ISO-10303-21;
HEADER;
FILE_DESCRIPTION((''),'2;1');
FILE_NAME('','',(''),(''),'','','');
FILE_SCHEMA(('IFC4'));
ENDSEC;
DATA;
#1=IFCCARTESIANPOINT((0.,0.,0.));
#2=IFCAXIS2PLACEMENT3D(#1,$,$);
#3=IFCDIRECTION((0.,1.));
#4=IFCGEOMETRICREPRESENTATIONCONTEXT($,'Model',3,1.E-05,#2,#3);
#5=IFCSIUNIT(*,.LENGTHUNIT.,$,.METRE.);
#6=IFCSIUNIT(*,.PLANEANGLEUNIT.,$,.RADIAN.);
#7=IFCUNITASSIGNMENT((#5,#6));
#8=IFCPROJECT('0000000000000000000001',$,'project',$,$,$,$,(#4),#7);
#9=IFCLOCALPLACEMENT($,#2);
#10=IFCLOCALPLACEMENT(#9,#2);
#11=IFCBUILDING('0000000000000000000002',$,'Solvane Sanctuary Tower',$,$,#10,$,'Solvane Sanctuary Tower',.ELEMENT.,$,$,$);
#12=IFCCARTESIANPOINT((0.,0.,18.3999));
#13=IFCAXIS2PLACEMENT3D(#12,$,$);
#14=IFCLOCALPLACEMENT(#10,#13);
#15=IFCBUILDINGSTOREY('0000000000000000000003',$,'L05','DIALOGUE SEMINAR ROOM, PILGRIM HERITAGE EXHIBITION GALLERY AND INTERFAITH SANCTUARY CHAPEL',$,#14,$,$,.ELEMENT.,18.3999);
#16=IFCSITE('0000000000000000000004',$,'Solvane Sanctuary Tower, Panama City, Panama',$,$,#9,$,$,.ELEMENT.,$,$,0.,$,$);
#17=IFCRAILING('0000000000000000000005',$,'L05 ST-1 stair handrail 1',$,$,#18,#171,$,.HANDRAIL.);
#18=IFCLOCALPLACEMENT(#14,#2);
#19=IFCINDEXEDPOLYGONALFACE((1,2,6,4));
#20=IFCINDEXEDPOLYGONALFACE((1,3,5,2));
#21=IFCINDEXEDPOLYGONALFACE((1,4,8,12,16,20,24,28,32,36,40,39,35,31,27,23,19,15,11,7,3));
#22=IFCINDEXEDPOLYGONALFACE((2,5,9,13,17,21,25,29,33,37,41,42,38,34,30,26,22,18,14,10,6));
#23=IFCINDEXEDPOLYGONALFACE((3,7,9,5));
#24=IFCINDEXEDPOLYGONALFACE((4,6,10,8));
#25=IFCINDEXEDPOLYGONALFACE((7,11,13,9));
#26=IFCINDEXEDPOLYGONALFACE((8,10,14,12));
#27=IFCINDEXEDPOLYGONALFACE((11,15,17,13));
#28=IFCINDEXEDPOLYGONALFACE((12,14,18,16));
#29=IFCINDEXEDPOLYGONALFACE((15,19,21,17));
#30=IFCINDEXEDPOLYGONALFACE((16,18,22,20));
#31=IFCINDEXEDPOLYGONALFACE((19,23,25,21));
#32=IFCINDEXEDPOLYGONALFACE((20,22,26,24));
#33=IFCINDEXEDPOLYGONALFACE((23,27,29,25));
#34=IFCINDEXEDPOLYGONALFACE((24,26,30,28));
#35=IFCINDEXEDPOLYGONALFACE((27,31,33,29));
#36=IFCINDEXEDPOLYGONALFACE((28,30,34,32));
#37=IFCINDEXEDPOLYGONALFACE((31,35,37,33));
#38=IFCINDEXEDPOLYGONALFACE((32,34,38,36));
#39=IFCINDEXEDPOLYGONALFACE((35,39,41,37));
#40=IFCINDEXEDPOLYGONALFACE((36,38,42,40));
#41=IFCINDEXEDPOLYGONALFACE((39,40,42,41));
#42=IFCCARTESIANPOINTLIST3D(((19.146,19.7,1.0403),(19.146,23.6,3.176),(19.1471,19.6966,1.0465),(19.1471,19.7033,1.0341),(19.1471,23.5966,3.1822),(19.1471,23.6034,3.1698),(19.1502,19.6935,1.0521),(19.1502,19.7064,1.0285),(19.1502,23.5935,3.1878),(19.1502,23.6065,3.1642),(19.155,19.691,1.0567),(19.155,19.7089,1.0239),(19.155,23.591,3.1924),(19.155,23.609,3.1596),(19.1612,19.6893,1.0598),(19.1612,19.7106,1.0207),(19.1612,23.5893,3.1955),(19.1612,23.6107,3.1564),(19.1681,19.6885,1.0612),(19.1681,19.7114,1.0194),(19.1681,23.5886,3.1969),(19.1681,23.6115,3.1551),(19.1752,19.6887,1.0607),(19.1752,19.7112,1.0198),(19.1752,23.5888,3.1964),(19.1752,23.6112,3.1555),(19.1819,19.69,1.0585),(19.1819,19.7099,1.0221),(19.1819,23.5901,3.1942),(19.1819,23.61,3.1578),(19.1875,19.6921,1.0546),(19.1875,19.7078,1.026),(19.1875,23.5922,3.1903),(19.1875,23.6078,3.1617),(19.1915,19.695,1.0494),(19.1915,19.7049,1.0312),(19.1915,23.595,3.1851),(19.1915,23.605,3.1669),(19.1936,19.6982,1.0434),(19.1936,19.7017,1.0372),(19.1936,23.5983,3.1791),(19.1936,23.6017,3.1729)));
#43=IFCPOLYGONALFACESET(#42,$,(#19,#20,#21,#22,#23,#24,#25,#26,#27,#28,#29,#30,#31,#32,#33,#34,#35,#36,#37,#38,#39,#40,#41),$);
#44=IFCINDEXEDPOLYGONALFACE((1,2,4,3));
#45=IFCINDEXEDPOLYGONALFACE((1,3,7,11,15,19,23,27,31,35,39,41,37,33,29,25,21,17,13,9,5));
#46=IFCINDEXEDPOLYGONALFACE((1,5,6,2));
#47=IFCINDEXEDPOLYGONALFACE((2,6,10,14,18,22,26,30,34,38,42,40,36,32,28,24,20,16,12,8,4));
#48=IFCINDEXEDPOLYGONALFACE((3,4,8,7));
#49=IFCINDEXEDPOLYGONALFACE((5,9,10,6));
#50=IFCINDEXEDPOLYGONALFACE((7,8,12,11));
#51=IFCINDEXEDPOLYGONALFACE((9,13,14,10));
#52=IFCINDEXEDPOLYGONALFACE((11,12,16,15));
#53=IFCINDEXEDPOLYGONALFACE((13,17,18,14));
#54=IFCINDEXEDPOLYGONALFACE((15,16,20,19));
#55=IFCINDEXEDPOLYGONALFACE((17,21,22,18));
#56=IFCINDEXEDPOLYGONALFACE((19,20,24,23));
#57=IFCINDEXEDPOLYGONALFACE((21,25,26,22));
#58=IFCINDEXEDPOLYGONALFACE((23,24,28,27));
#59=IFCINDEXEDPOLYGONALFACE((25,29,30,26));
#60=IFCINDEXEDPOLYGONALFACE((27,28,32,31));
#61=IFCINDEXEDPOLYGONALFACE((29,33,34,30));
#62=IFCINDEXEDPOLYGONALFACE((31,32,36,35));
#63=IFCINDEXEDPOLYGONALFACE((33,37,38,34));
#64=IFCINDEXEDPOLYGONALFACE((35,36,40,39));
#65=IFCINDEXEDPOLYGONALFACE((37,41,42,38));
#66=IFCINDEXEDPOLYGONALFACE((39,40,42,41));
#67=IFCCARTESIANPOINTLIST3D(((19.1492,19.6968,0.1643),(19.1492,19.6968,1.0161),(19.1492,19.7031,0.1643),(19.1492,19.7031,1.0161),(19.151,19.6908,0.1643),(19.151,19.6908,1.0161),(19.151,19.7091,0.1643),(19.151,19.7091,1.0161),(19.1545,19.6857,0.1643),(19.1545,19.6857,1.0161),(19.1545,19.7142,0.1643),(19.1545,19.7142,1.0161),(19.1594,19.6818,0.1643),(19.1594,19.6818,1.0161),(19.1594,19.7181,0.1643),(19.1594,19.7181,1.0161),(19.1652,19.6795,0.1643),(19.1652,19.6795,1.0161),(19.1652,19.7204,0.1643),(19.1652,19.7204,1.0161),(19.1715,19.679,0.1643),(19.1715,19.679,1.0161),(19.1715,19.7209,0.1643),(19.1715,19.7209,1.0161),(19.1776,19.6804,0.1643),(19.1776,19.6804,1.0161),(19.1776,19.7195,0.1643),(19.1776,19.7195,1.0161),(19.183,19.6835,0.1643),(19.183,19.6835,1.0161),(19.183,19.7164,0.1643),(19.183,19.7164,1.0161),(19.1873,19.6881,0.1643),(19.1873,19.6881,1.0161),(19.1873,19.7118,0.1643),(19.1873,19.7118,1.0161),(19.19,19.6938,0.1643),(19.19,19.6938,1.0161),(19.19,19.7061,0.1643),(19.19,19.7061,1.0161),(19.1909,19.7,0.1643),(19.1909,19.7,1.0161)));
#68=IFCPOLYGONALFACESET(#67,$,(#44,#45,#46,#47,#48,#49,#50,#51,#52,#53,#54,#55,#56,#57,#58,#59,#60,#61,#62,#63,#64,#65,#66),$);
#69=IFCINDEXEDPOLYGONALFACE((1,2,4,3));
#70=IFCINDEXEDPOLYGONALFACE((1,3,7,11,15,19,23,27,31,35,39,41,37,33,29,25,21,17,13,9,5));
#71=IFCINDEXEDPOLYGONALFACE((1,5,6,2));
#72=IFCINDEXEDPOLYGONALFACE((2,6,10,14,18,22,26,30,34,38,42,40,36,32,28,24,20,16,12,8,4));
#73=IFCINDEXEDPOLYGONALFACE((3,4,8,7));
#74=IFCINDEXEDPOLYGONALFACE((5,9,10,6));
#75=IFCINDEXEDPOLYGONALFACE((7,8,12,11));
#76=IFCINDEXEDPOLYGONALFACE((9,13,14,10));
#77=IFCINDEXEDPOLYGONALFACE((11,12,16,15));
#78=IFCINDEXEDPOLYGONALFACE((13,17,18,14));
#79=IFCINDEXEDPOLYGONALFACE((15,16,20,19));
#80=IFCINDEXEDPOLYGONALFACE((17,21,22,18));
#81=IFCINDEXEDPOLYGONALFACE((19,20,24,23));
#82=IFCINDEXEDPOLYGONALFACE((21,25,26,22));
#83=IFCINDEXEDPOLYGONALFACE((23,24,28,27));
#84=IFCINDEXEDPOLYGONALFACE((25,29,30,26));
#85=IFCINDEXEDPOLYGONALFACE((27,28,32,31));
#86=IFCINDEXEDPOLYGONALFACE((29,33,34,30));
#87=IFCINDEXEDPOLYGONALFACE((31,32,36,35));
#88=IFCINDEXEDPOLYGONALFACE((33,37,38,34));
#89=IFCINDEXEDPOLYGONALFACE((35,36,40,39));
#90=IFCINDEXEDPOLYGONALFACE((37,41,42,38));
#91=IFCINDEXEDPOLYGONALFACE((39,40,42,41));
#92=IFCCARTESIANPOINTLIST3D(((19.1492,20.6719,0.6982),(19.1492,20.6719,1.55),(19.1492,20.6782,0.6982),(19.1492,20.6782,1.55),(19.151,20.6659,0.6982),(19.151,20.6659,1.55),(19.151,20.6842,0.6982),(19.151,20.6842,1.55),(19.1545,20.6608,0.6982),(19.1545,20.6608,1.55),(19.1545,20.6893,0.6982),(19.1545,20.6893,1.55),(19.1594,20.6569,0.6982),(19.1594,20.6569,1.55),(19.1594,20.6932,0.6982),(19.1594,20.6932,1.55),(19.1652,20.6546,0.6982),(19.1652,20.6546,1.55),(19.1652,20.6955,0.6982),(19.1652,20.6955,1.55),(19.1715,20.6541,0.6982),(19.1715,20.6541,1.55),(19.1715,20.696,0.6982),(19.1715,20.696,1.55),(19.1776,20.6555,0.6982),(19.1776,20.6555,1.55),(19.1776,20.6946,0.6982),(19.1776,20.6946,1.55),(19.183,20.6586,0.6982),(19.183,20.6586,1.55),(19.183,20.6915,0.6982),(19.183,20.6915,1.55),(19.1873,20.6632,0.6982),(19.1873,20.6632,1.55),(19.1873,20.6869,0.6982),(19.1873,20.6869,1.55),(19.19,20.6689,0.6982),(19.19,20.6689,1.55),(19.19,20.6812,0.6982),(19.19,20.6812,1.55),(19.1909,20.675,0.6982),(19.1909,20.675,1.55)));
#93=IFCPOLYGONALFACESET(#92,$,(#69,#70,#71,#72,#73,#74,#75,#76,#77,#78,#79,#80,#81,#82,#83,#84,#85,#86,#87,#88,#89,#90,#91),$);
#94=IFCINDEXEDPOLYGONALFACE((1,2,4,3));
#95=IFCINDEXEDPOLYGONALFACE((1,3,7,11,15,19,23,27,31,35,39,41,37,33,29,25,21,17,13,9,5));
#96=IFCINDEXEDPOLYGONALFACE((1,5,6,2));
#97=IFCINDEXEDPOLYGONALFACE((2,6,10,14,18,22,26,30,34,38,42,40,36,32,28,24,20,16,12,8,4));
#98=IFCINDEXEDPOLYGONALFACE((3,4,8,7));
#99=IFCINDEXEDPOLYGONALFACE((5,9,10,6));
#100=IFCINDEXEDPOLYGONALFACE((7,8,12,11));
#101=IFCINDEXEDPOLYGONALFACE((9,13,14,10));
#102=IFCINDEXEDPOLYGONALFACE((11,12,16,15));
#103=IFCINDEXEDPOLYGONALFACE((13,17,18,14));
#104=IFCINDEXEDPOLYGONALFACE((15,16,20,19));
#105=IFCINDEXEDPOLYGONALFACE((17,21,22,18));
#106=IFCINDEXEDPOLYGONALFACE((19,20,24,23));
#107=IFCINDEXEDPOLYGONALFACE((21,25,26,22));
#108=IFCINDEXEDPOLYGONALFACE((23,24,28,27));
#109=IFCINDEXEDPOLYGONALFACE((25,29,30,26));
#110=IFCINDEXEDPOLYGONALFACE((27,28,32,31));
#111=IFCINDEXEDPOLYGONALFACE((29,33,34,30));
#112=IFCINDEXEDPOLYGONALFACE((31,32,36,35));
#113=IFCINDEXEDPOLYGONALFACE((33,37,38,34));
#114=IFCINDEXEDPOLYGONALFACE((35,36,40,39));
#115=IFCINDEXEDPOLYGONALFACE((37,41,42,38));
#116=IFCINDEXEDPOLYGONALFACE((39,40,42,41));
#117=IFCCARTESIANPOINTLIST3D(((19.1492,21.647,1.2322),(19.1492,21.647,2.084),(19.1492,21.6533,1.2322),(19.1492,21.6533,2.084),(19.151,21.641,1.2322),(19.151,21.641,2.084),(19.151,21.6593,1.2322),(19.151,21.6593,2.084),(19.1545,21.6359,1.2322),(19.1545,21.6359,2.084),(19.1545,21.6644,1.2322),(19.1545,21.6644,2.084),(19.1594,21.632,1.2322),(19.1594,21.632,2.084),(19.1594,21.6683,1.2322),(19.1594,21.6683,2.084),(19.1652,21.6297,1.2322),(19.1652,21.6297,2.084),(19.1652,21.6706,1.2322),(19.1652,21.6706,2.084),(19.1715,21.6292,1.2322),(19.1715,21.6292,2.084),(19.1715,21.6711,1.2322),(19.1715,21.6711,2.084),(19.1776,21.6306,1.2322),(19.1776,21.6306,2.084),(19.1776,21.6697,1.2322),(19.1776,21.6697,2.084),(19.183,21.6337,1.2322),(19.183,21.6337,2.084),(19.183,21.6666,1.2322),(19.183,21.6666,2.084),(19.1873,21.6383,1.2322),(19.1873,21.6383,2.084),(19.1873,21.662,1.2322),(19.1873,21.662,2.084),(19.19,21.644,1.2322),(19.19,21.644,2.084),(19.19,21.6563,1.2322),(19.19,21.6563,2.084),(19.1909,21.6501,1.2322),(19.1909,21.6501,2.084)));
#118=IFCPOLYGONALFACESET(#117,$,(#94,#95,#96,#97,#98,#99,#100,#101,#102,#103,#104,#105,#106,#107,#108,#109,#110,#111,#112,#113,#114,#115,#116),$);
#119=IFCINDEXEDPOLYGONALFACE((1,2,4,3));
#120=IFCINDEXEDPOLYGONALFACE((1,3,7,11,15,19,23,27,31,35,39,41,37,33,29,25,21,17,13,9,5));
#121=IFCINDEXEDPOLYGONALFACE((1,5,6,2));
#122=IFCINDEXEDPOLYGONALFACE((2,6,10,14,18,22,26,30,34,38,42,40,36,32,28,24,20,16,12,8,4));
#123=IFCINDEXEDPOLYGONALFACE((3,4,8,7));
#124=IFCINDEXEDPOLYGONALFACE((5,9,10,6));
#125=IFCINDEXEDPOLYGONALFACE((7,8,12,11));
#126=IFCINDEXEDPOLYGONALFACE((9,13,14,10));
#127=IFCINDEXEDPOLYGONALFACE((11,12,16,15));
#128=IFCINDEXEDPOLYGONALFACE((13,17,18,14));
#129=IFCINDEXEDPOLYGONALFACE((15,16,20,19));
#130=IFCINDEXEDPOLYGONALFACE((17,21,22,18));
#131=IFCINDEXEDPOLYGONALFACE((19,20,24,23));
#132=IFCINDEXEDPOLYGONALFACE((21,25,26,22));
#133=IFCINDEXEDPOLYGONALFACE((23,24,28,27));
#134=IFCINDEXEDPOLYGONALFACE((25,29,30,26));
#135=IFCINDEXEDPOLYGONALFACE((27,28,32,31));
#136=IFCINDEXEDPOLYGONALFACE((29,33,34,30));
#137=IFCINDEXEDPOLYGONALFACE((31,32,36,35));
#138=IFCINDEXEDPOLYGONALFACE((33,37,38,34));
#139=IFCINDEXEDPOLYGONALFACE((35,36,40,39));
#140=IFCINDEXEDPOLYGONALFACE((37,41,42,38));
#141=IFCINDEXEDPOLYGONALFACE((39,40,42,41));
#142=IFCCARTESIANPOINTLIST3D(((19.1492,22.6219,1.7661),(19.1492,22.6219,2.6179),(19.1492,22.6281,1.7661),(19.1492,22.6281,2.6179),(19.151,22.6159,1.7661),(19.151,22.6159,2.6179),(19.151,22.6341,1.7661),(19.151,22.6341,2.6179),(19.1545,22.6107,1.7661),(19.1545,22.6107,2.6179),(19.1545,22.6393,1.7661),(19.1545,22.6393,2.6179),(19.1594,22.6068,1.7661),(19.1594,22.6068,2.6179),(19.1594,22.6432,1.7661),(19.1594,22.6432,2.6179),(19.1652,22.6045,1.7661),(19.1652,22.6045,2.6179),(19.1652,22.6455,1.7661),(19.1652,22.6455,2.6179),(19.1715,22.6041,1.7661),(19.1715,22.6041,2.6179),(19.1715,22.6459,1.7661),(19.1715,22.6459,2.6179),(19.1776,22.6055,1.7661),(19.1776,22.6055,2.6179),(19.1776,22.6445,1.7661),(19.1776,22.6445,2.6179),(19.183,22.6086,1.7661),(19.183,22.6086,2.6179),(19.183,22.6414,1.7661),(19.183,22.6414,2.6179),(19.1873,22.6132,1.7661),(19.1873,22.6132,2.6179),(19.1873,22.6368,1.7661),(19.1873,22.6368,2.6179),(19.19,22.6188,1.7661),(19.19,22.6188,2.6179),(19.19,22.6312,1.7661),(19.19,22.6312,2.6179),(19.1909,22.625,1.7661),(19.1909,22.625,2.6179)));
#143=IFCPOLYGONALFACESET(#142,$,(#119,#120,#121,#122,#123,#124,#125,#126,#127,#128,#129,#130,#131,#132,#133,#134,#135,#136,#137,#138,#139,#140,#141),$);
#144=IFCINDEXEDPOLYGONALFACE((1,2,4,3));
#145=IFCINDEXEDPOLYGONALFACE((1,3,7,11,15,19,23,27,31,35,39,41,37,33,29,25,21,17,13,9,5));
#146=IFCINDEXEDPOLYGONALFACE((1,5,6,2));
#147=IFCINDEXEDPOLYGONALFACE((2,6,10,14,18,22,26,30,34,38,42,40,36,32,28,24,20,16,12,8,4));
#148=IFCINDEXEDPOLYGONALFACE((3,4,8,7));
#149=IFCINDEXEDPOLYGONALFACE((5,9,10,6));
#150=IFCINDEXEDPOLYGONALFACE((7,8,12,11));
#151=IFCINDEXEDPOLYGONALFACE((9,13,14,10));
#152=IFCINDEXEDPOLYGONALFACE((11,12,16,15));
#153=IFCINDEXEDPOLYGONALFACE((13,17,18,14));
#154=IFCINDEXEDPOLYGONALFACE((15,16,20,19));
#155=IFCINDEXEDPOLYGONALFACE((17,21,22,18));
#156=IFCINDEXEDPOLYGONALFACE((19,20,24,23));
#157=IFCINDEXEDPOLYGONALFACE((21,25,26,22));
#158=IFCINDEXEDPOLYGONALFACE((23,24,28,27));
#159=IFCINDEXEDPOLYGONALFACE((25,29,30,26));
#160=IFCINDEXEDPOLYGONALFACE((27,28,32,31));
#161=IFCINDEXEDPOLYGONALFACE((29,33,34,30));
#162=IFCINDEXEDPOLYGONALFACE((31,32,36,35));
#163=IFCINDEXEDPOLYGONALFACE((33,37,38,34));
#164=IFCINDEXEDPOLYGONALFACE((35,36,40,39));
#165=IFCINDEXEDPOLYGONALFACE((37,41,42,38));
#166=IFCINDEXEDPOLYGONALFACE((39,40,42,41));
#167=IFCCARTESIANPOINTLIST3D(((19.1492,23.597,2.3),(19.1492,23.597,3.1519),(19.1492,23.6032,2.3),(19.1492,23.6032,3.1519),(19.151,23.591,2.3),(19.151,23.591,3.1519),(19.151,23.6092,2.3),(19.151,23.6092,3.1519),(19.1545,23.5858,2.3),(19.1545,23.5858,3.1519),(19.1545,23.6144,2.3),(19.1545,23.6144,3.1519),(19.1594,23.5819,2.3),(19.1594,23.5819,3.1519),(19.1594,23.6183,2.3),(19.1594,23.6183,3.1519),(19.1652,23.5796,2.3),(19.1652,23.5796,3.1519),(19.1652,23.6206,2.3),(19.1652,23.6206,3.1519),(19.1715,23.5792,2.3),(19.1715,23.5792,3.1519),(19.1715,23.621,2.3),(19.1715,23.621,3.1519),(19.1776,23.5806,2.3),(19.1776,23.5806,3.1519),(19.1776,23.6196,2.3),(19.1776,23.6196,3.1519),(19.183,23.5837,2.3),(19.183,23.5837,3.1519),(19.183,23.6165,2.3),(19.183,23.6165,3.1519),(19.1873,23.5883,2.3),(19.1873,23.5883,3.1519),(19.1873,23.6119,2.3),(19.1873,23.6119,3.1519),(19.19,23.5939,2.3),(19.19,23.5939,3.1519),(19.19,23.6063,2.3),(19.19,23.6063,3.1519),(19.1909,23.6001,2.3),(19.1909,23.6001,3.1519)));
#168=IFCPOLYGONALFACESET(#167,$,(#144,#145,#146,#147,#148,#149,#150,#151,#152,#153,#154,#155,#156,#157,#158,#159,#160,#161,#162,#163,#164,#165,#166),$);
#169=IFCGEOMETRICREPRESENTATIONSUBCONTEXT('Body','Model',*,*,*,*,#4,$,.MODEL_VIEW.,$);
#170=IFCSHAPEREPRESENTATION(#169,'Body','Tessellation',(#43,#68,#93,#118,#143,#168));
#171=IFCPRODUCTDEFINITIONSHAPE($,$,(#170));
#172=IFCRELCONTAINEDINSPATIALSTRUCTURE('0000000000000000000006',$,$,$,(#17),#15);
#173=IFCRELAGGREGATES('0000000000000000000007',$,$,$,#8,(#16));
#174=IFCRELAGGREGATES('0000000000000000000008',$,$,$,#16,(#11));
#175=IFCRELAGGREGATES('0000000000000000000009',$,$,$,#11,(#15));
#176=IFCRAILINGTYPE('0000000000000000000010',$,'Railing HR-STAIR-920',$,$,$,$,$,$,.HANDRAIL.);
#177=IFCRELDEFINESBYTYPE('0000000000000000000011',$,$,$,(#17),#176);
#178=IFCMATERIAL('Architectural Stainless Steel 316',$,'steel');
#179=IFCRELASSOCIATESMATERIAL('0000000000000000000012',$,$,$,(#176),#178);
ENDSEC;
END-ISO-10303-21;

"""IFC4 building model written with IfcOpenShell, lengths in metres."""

from ifc_helpers import new_model, si_unit, direction, frame, origin, origin_2d, place, context, subcontext, project, spatial, circle, extrude, material, type_object, element, save


model = new_model("IFC4")

# Units and contexts
model_context = context("Model", 3, precision=1e-05, world=origin(), true_north=direction((0.0, 1.0)))
body_context = subcontext(model_context, "Body", "Model", "MODEL_VIEW")
ifc_project = project(units=[si_unit("LENGTHUNIT", "METRE"), si_unit("PLANEANGLEUNIT", "RADIAN")], contexts=[model_context])

# Site, building, storey
site_placement = place(None, origin())
site = spatial("IfcSite", under=ifc_project, at=site_placement, Name="Solvane Sanctuary Tower, Panama City, Panama", CompositionType="ELEMENT", RefElevation=0.0)
building_placement = place(site_placement, origin())
building = spatial("IfcBuilding", under=site, at=building_placement, Name="Solvane Sanctuary Tower", LongName="Solvane Sanctuary Tower", CompositionType="ELEMENT")
storey_placement = place(building_placement, frame((0.0, 0.0, 18.3999)))
storey = spatial("IfcBuildingStorey", under=building, at=storey_placement, Name="L05", Description="DIALOGUE SEMINAR ROOM, PILGRIM HERITAGE EXHIBITION GALLERY AND INTERFAITH SANCTUARY CHAPEL", CompositionType="ELEMENT", Elevation=18.3999)

# Railing
ifc_material_1 = material(Name="Architectural Stainless Steel 316", Category="steel")
railing_type_1 = type_object("IfcRailingType", Name="Railing HR-STAIR-920", PredefinedType="HANDRAIL", material=ifc_material_1)
railing_1_placement = place(storey_placement, frame((19.1699, 19.7, 0.1643)))
element("IfcRailing", 1, at=railing_1_placement, inside=storey, type_object=railing_type_1, Name="L05 ST-1 stair handrail 1", PredefinedType="HANDRAIL", context=body_context, shape_type="SweptSolid", body=[
    extrude(circle(Radius=0.0239, at=origin_2d()), frame((0.0, 0.0, 0.876), z_axis=(0.0, 0.877101, 0.480306), x_axis=(-1.0, 0.0, 0.0)), (0.0, 0.0, 1.0), 4.4465),
    extrude(circle(Radius=0.021, at=origin_2d()), origin(), (0.0, 0.0, 1.0), 0.8518),
    extrude(circle(Radius=0.021, at=origin_2d()), frame((0.0, 0.9751, 0.5339)), (0.0, 0.0, 1.0), 0.8518),
    extrude(circle(Radius=0.021, at=origin_2d()), frame((0.0, 1.9502, 1.0679)), (0.0, 0.0, 1.0), 0.8518),
    extrude(circle(Radius=0.021, at=origin_2d()), frame((0.0, 2.925, 1.6018)), (0.0, 0.0, 1.0), 0.8518),
    extrude(circle(Radius=0.021, at=origin_2d()), frame((0.0, 3.9001, 2.1357)), (0.0, 0.0, 1.0), 0.8518),
])

save(model, "model.ifc")
